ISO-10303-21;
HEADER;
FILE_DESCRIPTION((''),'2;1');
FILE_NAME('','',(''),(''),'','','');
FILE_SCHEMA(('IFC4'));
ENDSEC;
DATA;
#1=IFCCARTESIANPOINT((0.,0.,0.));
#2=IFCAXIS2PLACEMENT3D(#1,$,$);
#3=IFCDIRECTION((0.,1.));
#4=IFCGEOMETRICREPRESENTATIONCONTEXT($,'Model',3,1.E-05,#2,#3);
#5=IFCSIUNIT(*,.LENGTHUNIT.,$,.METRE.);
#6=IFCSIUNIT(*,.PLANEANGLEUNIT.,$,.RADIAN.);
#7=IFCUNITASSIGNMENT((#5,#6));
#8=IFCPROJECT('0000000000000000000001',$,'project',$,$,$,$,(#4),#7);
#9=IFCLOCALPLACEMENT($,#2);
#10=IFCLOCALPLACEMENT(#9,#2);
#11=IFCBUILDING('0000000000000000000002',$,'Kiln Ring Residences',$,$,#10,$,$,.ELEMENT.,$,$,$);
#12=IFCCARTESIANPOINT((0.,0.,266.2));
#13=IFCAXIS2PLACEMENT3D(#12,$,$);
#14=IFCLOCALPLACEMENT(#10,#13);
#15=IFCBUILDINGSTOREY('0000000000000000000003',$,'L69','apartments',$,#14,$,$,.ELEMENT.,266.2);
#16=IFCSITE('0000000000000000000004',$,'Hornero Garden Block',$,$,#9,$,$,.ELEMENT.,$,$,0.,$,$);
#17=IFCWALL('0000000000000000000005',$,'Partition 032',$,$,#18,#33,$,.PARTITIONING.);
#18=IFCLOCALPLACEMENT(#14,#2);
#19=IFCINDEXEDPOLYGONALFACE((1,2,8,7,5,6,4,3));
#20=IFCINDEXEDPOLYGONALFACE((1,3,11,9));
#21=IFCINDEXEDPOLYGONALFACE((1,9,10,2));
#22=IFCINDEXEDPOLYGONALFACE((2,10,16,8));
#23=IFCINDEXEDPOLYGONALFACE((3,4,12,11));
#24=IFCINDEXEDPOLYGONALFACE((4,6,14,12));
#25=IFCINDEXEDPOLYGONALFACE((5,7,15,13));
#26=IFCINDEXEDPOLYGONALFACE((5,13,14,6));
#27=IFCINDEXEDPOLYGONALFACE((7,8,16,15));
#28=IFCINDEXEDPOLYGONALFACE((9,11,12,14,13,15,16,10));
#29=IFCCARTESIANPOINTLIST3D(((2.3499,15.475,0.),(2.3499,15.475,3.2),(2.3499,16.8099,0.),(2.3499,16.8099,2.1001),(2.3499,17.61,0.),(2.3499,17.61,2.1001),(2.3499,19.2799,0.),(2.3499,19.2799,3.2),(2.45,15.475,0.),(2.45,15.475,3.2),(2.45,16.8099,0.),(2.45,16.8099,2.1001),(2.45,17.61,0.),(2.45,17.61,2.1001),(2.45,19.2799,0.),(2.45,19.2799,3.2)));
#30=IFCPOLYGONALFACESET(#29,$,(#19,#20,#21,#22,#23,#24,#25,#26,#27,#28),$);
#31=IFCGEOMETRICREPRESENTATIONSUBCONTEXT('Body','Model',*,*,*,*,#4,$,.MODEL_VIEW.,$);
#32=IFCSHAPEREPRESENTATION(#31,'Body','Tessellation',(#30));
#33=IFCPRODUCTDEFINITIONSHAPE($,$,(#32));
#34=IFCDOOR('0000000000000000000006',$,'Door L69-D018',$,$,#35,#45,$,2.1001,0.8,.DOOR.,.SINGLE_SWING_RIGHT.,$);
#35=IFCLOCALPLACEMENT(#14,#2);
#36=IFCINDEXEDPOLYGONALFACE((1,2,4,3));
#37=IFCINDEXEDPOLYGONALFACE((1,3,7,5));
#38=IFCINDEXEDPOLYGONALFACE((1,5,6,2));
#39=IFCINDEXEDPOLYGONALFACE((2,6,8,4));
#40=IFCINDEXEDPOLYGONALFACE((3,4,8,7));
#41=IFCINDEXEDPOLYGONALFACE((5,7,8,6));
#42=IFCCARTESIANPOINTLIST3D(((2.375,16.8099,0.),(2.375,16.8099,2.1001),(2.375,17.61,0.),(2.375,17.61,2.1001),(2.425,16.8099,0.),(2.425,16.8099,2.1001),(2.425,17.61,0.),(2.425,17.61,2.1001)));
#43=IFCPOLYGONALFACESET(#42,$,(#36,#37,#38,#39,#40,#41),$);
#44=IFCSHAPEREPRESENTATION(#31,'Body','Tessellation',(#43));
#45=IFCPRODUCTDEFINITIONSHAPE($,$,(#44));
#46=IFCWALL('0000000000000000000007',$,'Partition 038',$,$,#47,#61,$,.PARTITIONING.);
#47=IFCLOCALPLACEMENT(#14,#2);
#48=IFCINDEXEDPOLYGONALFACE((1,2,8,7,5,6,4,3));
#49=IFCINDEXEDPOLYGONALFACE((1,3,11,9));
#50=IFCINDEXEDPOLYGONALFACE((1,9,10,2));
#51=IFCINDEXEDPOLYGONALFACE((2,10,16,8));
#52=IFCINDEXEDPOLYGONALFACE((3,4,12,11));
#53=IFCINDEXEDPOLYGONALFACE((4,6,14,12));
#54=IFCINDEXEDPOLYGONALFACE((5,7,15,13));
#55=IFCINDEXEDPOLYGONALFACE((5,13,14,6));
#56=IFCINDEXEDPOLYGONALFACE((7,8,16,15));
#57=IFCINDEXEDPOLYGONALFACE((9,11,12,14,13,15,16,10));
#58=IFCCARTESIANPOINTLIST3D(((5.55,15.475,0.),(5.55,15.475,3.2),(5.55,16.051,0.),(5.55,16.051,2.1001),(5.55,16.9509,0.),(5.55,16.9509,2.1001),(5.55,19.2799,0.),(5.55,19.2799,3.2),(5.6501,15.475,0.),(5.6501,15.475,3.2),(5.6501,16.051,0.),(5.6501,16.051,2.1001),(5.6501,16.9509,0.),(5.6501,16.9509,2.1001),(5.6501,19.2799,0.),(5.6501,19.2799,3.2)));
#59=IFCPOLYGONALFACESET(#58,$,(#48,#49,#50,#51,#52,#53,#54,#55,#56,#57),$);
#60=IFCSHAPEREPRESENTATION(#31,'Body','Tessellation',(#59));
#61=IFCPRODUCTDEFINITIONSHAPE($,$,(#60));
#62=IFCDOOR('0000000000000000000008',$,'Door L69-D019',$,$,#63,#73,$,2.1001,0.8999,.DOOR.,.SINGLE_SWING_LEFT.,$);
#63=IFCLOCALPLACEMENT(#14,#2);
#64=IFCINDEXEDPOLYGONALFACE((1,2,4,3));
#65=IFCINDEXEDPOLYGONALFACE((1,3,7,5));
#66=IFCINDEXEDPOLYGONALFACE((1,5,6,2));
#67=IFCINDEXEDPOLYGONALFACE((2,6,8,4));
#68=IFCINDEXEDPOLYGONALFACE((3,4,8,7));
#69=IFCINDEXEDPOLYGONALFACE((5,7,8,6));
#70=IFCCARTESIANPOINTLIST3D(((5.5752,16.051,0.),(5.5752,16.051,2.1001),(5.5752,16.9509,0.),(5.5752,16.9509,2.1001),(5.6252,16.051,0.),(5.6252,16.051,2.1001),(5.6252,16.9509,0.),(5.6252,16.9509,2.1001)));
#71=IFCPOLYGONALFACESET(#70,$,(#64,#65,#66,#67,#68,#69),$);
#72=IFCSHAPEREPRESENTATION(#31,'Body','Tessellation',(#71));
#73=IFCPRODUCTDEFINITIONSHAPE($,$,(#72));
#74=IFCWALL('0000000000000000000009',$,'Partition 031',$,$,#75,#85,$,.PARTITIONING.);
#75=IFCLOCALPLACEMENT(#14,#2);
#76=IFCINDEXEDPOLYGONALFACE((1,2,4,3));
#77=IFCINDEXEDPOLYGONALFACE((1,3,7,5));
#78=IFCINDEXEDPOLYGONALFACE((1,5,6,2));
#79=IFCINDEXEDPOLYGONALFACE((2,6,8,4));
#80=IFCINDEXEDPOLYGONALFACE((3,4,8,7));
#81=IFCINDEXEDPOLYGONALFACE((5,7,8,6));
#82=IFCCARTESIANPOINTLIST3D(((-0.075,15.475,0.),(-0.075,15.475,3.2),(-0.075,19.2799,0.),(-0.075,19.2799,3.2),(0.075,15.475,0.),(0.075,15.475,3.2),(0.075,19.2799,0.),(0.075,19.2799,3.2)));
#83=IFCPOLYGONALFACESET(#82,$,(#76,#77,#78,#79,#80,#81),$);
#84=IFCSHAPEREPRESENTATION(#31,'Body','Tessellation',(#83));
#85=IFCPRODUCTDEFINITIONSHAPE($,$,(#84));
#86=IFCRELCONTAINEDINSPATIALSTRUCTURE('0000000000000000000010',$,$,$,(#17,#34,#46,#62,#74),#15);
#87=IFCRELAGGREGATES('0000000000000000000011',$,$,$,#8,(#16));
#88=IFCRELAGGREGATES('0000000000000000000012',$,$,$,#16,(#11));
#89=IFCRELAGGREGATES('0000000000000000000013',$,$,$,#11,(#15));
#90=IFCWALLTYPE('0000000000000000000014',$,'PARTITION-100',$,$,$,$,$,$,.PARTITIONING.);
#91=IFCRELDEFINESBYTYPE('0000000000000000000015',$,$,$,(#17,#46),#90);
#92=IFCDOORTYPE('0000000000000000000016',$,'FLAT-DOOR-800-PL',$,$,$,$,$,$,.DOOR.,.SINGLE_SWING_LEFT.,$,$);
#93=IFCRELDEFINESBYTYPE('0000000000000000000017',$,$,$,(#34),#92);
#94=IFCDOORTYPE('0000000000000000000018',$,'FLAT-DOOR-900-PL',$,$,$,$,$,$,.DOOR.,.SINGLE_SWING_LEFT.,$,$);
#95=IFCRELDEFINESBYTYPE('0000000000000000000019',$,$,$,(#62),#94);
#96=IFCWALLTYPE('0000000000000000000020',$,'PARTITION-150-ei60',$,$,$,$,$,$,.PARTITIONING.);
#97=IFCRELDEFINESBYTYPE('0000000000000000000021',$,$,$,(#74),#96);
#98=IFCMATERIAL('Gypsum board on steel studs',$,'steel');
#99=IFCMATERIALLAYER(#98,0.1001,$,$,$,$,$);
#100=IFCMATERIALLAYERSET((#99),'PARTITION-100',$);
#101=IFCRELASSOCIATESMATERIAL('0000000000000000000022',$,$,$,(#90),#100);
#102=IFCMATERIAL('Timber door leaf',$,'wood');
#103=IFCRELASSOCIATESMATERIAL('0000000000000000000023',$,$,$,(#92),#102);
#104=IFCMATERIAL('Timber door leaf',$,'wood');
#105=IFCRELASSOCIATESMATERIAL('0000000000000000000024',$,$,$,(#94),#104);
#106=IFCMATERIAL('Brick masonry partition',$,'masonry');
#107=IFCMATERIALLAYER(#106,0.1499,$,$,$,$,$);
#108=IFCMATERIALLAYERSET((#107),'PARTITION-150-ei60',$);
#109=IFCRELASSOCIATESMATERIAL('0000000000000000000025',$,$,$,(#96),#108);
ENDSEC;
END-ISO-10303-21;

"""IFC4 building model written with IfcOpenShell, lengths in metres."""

from ifc_helpers import new_model, si_unit, direction, frame, frame_2d, origin, place, context, subcontext, project, spatial, rectangle, extrude, material, layer, layer_set, type_object, element, fill, save


model = new_model("IFC4")

# Units and contexts
model_context = context("Model", 3, precision=1e-05, world=origin(), true_north=direction((0.0, 1.0)))
body_context = subcontext(model_context, "Body", "Model", "MODEL_VIEW")
ifc_project = project(units=[si_unit("LENGTHUNIT", "METRE"), si_unit("PLANEANGLEUNIT", "RADIAN")], contexts=[model_context])

# Site, building, storey
site_placement = place(None, origin())
site = spatial("IfcSite", under=ifc_project, at=site_placement, Name="Hornero Garden Block", CompositionType="ELEMENT", RefElevation=0.0)
building_placement = place(site_placement, origin())
building = spatial("IfcBuilding", under=site, at=building_placement, Name="Kiln Ring Residences", CompositionType="ELEMENT")
storey_placement = place(building_placement, frame((0.0, 0.0, 266.2)))
storey = spatial("IfcBuildingStorey", under=building, at=storey_placement, Name="L69", Description="apartments", CompositionType="ELEMENT", Elevation=266.2)

# Walls, openings, doors
ifc_material_1 = material(Name="Gypsum board on steel studs", Category="steel")
ifc_layer_1 = layer(ifc_material_1, 0.1001)
ifc_layer_set_1 = layer_set([ifc_layer_1], Name="PARTITION-100")
wall_type_1 = type_object("IfcWallType", Name="PARTITION-100", PredefinedType="PARTITIONING", material=ifc_layer_set_1)
wall_1_placement = place(storey_placement, frame((2.3999, 15.4751, 0.0), z_axis=(0.0, 0.0, 1.0), x_axis=(0.0, 1.0, 0.0)))
wall_1 = element("IfcWall", 1, at=wall_1_placement, inside=storey, type_object=wall_type_1, Name="Partition 032", PredefinedType="PARTITIONING", context=body_context, shape_type="SweptSolid", body=[
    extrude(rectangle(XDim=3.8049, YDim=0.1001, at=frame_2d((1.9023, 0.0))), origin(), (0.0, 0.0, 1.0), 3.2),
])
opening_1_placement = place(wall_1_placement, frame((1.335, 0.0, 0.0)))
opening_1 = element("IfcOpeningElement", 2, at=opening_1_placement, cuts=wall_1, PredefinedType="OPENING", context=body_context, shape_type="SweptSolid", body=[
    extrude(rectangle(XDim=0.8, YDim=2.1001, at=frame_2d((0.3999, 1.05))), frame((0.0, 0.0601, 0.0), z_axis=(0.0, -1.0, 0.0), x_axis=(1.0, 0.0, 0.0)), (0.0, 0.0, 1.0), 0.1201),
])
ifc_material_2 = material(Name="Timber door leaf", Category="wood")
door_type_1 = type_object("IfcDoorType", Name="FLAT-DOOR-800-PL", OperationType="SINGLE_SWING_LEFT", PredefinedType="DOOR", material=ifc_material_2)
door_1_placement = place(opening_1_placement, origin())
door_1 = element("IfcDoor", 3, at=door_1_placement, inside=storey, type_object=door_type_1, Name="Door L69-D018", OperationType="SINGLE_SWING_RIGHT", OverallHeight=2.1001, OverallWidth=0.8, PredefinedType="DOOR", context=body_context, shape_type="SweptSolid", body=[
    extrude(rectangle(XDim=0.8, YDim=2.1001, at=frame_2d((0.3999, 1.05))), frame((0.0, 0.0249, 0.0), z_axis=(0.0, -1.0, 0.0), x_axis=(1.0, 0.0, 0.0)), (0.0, 0.0, 1.0), 0.05),
])
fill(opening_1, door_1)
wall_2_placement = place(storey_placement, frame((5.6001, 15.4751, 0.0), z_axis=(0.0, 0.0, 1.0), x_axis=(0.0, 1.0, 0.0)))
wall_2 = element("IfcWall", 4, at=wall_2_placement, inside=storey, type_object=wall_type_1, Name="Partition 038", PredefinedType="PARTITIONING", context=body_context, shape_type="SweptSolid", body=[
    extrude(rectangle(XDim=3.8049, YDim=0.1001, at=frame_2d((1.9023, 0.0))), origin(), (0.0, 0.0, 1.0), 3.2),
])
opening_2_placement = place(wall_2_placement, frame((0.5759, 0.0, 0.0)))
opening_2 = element("IfcOpeningElement", 5, at=opening_2_placement, cuts=wall_2, PredefinedType="OPENING", context=body_context, shape_type="SweptSolid", body=[
    extrude(rectangle(XDim=0.8999, YDim=2.1001, at=frame_2d((0.45, 1.05))), frame((0.0, 0.0601, 0.0), z_axis=(0.0, -1.0, 0.0), x_axis=(1.0, 0.0, 0.0)), (0.0, 0.0, 1.0), 0.1201),
])
ifc_material_3 = material(Name="Timber door leaf", Category="wood")
door_type_2 = type_object("IfcDoorType", Name="FLAT-DOOR-900-PL", OperationType="SINGLE_SWING_LEFT", PredefinedType="DOOR", material=ifc_material_3)
door_2_placement = place(opening_2_placement, origin())
door_2 = element("IfcDoor", 6, at=door_2_placement, inside=storey, type_object=door_type_2, Name="Door L69-D019", OperationType="SINGLE_SWING_LEFT", OverallHeight=2.1001, OverallWidth=0.8999, PredefinedType="DOOR", context=body_context, shape_type="SweptSolid", body=[
    extrude(rectangle(XDim=0.8999, YDim=2.1001, at=frame_2d((0.45, 1.05))), frame((0.0, 0.0249, 0.0), z_axis=(0.0, -1.0, 0.0), x_axis=(1.0, 0.0, 0.0)), (0.0, 0.0, 1.0), 0.05),
])
fill(opening_2, door_2)

# Wall
ifc_material_4 = material(Name="Brick masonry partition", Category="masonry")
ifc_layer_2 = layer(ifc_material_4, 0.1499)
ifc_layer_set_2 = layer_set([ifc_layer_2], Name="PARTITION-150-ei60")
wall_type_2 = type_object("IfcWallType", Name="PARTITION-150-ei60", PredefinedType="PARTITIONING", material=ifc_layer_set_2)
wall_3_placement = place(storey_placement, frame((0.0, 15.4751, 0.0), z_axis=(0.0, 0.0, 1.0), x_axis=(0.0, 1.0, 0.0)))
element("IfcWall", 7, at=wall_3_placement, inside=storey, type_object=wall_type_2, Name="Partition 031", PredefinedType="PARTITIONING", context=body_context, shape_type="SweptSolid", body=[
    extrude(rectangle(XDim=3.8049, YDim=0.1499, at=frame_2d((1.9023, 0.0))), origin(), (0.0, 0.0, 1.0), 3.2),
])

save(model, "model.ifc")
